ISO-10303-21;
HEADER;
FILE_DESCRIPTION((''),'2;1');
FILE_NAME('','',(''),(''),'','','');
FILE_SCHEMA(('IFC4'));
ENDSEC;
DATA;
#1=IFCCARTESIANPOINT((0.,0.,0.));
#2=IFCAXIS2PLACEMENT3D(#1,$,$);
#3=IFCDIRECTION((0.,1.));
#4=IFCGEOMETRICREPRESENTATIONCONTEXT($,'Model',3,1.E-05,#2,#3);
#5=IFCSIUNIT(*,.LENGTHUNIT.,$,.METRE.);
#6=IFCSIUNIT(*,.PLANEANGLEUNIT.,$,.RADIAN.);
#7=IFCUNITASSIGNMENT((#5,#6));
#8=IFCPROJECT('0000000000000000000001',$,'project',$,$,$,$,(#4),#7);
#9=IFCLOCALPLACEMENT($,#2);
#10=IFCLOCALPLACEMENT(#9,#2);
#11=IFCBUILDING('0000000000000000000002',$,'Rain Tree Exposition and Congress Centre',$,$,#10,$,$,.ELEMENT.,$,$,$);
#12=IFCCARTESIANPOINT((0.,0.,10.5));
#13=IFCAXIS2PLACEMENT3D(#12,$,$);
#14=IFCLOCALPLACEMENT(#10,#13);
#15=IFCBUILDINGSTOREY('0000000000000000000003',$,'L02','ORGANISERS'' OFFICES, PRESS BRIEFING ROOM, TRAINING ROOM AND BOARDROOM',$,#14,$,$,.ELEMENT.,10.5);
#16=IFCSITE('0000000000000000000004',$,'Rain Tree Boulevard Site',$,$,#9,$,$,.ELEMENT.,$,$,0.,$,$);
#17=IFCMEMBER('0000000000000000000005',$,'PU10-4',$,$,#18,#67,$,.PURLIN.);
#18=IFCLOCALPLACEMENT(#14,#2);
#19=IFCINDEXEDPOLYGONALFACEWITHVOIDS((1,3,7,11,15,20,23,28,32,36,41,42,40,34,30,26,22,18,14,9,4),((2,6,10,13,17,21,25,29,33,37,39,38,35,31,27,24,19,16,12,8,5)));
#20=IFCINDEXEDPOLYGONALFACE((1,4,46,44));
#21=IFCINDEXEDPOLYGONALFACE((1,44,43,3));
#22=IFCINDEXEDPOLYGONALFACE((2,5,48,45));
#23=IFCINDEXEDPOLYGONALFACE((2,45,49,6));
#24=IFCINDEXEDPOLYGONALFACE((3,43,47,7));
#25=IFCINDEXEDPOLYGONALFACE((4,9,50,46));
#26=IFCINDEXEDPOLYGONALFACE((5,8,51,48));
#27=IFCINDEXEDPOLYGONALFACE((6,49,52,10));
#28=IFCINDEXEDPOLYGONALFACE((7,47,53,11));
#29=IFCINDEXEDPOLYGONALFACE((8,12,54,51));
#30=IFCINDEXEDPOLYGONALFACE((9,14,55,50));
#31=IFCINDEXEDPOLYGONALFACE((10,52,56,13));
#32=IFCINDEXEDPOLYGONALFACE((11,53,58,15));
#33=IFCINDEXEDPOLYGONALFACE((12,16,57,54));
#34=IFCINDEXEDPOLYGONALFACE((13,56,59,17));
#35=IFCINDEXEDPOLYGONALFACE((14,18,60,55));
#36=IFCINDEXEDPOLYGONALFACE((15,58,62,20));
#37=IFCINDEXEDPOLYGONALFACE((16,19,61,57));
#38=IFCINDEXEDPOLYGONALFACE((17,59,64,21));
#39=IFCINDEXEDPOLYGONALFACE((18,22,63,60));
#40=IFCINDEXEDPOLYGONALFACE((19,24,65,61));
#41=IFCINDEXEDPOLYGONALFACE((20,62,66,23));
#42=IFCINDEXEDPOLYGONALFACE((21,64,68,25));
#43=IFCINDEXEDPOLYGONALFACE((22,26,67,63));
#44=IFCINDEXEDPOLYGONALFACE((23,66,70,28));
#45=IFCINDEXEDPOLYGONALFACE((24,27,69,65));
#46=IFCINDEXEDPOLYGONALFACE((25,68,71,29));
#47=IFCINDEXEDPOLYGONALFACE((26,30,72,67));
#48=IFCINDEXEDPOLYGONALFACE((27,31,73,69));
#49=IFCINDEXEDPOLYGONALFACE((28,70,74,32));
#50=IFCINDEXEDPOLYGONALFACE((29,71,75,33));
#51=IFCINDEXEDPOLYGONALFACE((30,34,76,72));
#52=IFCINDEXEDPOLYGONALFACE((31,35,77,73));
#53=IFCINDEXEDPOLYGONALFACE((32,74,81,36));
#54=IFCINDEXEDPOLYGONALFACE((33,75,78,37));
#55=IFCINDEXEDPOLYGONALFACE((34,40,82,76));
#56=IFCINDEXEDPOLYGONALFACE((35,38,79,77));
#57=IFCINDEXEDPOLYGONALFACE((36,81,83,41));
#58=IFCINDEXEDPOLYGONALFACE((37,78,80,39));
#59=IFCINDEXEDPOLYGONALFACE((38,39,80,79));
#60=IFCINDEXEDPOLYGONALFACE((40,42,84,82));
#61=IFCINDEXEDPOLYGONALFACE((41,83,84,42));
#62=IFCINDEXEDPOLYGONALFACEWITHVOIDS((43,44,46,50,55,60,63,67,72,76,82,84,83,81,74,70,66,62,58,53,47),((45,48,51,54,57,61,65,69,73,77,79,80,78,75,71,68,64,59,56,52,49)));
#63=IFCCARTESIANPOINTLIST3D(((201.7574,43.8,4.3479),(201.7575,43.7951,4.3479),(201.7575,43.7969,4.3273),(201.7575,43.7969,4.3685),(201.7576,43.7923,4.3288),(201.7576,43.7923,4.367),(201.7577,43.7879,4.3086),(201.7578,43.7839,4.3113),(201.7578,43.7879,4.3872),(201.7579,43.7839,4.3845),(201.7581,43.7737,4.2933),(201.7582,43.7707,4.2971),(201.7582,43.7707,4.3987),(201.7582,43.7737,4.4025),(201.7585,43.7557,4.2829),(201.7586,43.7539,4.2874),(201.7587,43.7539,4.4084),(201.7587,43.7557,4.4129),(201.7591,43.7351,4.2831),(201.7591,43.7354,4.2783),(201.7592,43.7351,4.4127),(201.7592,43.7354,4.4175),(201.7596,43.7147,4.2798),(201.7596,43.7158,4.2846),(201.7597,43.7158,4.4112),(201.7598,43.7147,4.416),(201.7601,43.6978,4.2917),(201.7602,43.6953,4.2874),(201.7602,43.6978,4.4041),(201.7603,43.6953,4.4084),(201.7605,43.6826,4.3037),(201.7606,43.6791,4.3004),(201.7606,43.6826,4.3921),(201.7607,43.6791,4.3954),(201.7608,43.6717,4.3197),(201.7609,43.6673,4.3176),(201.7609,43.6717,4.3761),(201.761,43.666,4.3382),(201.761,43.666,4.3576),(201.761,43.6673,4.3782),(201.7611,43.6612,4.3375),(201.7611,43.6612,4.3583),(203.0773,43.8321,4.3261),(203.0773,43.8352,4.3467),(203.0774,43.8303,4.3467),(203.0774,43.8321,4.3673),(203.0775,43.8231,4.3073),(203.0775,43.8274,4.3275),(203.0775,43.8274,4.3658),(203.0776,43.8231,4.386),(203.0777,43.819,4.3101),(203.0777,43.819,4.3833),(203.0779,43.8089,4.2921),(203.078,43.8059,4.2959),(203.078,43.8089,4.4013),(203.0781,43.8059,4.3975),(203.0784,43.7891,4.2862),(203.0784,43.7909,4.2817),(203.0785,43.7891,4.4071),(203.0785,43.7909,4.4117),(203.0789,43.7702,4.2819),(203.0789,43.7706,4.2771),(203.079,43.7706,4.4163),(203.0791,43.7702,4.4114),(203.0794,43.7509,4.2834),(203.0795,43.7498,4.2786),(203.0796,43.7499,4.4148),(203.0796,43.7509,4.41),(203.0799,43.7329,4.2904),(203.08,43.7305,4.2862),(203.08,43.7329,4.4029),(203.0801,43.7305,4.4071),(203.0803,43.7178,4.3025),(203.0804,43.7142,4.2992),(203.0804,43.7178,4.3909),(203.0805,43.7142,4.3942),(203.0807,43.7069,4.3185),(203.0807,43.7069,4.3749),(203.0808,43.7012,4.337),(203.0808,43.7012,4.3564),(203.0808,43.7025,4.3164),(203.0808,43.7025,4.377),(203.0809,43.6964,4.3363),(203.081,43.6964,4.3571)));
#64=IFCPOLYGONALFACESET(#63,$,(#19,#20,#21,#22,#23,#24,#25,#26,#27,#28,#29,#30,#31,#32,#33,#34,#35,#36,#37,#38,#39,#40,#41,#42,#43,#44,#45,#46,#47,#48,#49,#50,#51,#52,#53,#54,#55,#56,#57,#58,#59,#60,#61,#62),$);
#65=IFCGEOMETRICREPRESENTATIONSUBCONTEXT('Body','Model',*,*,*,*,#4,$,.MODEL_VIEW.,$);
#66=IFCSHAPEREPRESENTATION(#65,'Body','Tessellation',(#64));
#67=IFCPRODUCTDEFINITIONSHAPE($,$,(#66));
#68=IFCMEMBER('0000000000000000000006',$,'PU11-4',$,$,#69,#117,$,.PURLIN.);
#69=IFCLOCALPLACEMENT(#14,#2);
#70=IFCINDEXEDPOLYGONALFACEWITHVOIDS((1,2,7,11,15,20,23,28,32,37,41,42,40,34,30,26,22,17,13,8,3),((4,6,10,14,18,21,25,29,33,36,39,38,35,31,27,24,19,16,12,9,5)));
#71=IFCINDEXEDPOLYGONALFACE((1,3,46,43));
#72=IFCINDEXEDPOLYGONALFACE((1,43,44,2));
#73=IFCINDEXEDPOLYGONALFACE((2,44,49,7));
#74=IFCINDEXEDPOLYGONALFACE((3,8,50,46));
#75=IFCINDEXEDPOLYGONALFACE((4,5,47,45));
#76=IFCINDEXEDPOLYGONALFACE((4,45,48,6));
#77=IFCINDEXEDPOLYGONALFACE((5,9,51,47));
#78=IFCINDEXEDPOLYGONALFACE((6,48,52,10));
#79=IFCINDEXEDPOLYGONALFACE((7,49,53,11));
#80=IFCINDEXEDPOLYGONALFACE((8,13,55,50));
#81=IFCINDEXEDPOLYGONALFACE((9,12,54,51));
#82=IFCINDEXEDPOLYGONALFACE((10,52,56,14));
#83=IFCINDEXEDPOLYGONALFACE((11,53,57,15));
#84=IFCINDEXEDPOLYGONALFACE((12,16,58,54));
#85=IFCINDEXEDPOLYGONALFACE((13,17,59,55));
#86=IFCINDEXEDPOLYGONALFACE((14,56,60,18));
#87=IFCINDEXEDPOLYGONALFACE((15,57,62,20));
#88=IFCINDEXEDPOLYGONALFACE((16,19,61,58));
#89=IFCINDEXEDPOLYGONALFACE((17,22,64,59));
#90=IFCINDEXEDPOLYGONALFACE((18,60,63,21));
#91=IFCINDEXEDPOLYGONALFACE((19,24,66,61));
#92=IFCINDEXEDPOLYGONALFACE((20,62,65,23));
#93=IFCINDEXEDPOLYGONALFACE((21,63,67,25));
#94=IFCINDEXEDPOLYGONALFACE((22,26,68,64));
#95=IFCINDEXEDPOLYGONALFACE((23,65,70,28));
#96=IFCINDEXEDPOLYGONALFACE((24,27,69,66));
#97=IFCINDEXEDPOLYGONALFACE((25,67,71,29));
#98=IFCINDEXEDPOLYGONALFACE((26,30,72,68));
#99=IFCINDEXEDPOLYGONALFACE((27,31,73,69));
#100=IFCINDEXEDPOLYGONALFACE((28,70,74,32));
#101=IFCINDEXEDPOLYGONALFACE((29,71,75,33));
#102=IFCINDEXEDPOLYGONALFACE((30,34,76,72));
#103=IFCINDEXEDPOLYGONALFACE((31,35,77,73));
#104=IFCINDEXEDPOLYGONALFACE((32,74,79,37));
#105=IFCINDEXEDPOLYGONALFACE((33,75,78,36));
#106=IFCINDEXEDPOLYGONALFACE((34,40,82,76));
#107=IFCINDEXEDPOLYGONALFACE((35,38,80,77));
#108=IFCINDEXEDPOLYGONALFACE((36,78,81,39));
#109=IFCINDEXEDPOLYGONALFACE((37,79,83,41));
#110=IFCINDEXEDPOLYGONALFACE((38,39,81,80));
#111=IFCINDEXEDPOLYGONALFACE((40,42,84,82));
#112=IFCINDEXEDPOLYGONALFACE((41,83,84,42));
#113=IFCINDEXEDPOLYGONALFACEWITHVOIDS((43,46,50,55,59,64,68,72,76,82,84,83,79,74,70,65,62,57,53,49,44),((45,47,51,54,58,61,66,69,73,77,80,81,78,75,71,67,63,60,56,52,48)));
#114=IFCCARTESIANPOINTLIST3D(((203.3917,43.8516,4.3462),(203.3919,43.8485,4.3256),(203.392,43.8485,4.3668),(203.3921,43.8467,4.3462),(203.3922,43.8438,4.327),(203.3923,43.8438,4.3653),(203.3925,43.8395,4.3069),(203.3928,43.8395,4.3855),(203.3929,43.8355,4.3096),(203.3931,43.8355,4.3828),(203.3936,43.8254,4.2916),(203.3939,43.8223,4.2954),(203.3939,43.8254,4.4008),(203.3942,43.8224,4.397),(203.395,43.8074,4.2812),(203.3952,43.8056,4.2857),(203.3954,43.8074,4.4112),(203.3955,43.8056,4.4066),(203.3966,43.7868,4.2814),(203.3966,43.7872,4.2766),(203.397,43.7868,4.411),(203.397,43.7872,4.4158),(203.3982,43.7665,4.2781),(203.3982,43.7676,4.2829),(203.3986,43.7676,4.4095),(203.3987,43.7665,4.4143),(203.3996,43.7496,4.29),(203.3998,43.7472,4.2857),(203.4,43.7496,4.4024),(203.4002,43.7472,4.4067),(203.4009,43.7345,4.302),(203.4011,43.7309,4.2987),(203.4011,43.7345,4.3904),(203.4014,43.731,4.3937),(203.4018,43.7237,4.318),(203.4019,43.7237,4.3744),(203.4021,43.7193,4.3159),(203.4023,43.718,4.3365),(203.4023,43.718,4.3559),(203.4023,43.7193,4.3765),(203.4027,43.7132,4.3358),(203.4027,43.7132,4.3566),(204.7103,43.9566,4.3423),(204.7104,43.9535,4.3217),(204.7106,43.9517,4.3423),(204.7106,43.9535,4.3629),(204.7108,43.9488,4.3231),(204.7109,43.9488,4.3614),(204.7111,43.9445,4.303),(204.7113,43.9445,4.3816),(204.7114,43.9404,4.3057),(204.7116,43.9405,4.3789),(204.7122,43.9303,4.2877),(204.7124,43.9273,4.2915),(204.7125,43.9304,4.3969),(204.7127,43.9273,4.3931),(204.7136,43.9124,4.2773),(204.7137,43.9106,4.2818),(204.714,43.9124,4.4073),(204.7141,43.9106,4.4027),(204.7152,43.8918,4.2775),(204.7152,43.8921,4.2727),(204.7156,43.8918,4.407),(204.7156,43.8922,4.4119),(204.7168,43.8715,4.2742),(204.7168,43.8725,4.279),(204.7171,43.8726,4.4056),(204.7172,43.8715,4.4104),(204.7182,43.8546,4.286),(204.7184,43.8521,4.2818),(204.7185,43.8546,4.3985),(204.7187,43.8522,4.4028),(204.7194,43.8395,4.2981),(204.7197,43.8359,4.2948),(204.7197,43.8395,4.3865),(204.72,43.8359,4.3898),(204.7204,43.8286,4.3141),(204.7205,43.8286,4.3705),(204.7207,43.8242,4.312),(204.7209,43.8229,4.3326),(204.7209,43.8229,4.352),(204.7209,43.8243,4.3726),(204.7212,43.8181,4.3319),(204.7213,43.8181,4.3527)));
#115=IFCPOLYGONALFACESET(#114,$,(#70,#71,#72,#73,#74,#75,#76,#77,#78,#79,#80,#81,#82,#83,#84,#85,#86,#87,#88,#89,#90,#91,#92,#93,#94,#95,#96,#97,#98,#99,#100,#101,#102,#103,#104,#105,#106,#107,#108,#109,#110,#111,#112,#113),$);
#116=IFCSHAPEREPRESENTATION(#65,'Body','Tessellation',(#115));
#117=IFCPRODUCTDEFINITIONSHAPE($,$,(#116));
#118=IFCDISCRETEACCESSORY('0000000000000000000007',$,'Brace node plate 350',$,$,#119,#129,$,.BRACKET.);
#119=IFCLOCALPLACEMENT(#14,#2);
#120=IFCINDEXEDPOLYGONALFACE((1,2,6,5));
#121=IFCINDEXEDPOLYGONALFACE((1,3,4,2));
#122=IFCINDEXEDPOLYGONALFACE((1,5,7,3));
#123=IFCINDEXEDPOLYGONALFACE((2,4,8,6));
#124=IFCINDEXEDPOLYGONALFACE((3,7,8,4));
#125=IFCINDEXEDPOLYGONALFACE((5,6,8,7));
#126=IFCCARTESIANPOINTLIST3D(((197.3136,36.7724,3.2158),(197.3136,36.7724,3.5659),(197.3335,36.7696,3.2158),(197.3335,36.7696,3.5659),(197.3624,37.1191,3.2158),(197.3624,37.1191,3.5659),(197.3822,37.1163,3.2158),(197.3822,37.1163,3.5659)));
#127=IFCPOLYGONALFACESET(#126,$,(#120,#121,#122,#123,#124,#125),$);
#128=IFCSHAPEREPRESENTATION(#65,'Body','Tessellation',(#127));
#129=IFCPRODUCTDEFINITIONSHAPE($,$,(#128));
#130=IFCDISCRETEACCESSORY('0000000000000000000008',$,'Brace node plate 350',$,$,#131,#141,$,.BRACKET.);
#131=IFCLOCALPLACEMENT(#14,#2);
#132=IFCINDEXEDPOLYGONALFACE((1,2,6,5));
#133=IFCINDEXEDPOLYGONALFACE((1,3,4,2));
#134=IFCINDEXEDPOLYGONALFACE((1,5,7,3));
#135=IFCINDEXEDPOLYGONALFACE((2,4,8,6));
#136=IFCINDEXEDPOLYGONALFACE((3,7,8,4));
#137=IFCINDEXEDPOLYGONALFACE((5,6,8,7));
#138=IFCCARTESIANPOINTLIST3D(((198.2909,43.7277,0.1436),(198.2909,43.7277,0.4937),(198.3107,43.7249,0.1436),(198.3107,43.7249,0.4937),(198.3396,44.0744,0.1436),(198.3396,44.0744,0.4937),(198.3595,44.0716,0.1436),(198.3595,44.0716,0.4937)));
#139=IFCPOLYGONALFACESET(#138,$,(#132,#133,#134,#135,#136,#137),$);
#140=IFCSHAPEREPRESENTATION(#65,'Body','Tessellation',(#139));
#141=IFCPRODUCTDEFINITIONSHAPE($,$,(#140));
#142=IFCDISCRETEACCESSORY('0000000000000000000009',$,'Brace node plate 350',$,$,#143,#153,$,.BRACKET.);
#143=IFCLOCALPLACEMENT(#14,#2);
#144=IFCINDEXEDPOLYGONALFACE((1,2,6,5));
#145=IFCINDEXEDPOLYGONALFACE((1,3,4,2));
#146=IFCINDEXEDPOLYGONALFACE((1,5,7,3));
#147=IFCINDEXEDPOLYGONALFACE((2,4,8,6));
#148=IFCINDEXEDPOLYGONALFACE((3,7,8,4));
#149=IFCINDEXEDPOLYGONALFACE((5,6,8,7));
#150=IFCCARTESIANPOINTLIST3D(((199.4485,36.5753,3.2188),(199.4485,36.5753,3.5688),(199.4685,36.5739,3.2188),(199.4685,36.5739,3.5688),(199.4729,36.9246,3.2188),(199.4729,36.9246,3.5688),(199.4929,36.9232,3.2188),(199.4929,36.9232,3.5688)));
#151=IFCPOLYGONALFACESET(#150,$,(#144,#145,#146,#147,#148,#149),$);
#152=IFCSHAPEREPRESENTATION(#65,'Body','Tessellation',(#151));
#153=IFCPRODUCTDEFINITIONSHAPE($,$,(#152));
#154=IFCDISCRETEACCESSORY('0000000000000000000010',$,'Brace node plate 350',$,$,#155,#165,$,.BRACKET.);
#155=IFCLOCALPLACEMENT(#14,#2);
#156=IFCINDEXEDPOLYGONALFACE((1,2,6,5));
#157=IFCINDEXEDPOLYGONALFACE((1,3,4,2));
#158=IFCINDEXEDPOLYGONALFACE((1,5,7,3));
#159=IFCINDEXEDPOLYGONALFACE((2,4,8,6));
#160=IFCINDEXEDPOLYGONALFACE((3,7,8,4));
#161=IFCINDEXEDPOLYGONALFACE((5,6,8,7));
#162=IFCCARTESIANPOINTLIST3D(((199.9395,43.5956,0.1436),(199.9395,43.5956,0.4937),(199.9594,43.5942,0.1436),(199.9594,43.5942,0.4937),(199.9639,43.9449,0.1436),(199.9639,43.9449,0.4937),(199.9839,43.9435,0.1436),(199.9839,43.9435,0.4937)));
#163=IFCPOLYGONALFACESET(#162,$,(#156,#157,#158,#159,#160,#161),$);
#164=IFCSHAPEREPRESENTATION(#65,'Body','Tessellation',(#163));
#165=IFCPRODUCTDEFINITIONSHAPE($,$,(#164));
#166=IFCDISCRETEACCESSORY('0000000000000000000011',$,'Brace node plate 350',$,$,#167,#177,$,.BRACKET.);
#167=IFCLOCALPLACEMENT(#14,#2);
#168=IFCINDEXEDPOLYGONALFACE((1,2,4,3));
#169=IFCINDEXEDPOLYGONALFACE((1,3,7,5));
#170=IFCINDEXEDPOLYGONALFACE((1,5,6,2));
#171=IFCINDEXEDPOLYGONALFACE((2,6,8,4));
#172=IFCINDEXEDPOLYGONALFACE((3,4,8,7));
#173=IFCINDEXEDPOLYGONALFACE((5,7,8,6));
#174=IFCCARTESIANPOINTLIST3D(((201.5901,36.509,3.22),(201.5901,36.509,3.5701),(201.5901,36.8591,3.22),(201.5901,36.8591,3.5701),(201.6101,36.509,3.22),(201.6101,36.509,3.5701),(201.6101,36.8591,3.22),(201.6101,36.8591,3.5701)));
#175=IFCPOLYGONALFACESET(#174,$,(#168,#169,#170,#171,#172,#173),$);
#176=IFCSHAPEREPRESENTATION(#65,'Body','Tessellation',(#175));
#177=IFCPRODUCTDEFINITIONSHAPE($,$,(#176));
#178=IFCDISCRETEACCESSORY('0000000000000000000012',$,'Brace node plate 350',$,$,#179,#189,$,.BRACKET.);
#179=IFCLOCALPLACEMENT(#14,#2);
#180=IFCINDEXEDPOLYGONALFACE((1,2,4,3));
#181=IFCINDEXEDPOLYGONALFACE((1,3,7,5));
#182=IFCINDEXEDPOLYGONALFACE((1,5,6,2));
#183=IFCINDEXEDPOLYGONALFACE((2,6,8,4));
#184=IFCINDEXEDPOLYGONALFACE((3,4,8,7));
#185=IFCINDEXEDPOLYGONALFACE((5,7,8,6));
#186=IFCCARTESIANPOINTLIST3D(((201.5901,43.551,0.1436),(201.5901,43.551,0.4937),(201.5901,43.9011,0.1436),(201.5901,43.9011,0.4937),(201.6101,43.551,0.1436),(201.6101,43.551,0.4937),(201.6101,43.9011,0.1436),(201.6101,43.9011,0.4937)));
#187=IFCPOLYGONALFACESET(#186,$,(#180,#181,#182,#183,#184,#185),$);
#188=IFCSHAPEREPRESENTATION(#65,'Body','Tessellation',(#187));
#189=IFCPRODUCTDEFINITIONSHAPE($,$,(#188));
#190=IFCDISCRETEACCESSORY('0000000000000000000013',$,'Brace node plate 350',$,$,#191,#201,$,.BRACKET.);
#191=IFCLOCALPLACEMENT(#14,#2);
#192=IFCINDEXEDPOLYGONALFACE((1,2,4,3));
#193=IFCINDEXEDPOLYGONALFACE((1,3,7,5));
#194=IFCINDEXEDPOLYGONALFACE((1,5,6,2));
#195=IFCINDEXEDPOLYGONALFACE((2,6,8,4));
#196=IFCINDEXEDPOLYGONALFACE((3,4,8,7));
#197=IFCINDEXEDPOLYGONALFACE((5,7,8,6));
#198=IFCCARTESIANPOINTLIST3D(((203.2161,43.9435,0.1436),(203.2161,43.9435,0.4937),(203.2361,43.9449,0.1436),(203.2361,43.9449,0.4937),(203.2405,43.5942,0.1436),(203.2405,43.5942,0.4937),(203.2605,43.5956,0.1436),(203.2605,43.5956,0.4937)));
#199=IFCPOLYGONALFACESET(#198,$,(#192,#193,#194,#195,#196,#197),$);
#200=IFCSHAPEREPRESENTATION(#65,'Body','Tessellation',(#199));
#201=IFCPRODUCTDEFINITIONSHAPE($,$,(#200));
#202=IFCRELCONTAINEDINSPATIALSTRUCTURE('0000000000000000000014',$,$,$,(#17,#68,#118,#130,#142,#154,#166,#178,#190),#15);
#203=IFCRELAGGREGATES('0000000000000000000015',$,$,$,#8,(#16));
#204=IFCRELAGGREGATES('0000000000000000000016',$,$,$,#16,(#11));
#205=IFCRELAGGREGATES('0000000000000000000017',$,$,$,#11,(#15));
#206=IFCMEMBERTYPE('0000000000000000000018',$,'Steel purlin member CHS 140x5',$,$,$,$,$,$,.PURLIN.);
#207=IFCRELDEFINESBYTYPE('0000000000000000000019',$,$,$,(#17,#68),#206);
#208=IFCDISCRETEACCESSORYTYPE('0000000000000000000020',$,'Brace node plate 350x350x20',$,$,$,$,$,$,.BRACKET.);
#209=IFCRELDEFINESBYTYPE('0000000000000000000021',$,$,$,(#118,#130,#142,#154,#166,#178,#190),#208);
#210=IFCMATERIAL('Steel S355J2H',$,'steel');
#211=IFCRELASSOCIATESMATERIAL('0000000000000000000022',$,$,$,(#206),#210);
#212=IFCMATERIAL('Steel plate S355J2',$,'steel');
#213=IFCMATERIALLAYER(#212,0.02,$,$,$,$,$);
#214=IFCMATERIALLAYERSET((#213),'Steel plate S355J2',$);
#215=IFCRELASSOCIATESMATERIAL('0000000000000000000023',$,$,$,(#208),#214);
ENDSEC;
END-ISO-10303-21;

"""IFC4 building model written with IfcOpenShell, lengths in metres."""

from ifc_helpers import new_model, si_unit, direction, frame, origin, origin_2d, place, context, subcontext, project, spatial, rectangle, hollow_circle, extrude, material, layer, layer_set, material_profile, profile_set, type_object, element, save


model = new_model("IFC4")

# Units and contexts
model_context = context("Model", 3, precision=1e-05, world=origin(), true_north=direction((0.0, 1.0)))
body_context = subcontext(model_context, "Body", "Model", "MODEL_VIEW")
ifc_project = project(units=[si_unit("LENGTHUNIT", "METRE"), si_unit("PLANEANGLEUNIT", "RADIAN")], contexts=[model_context])

# Site, building, storey
site_placement = place(None, origin())
site = spatial("IfcSite", under=ifc_project, at=site_placement, Name="Rain Tree Boulevard Site", CompositionType="ELEMENT", RefElevation=0.0)
building_placement = place(site_placement, origin())
building = spatial("IfcBuilding", under=site, at=building_placement, Name="Rain Tree Exposition and Congress Centre", CompositionType="ELEMENT")
storey_placement = place(building_placement, frame((0.0, 0.0, 10.5)))
storey = spatial("IfcBuildingStorey", under=building, at=storey_placement, Name="L02", Description="ORGANISERS' OFFICES, PRESS BRIEFING ROOM, TRAINING ROOM AND BOARDROOM", CompositionType="ELEMENT", Elevation=10.5)

# Members
ifc_material_1 = material(Name="Steel S355J2H", Category="steel")
ifc_material_profile_1 = material_profile(ifc_material_1, hollow_circle(Radius=0.0698, WallThickness=0.0049, at=origin_2d()), Name="CHS 140x5")
ifc_profile_set_1 = profile_set([ifc_material_profile_1], Name="Steel S355J2H")
member_type_1 = type_object("IfcMemberType", Name="Steel purlin member CHS 140x5", PredefinedType="PURLIN", material=ifc_profile_set_1)
member_1_placement = place(storey_placement, frame((201.7593, 43.7302, 4.3479), z_axis=(0.999645, 0.026628, -0.000925), x_axis=(-0.026628, 0.999645, 0.0)))
element("IfcMember", 1, at=member_1_placement, inside=storey, type_object=member_type_1, Name="PU10-4", PredefinedType="PURLIN", context=body_context, shape_type="SweptSolid", body=[
    extrude(hollow_circle(Radius=0.0698, WallThickness=0.0049, at=origin_2d()), origin(), (0.0, 0.0, 1.0), 1.3203),
])
member_2_placement = place(storey_placement, frame((203.3972, 43.782, 4.3462), z_axis=(0.996841, 0.079363, -0.002953), x_axis=(-0.079364, 0.996846, 0.0)))
element("IfcMember", 2, at=member_2_placement, inside=storey, type_object=member_type_1, Name="PU11-4", PredefinedType="PURLIN", context=body_context, shape_type="SweptSolid", body=[
    extrude(hollow_circle(Radius=0.0698, WallThickness=0.0049, at=origin_2d()), origin(), (0.0, 0.0, 1.0), 1.3228),
])

# Discrete accessories
ifc_material_2 = material(Name="Steel plate S355J2", Category="steel")
ifc_layer = layer(ifc_material_2, 0.02)
ifc_layer_set = layer_set([ifc_layer], Name="Steel plate S355J2")
discrete_accessory_type = type_object("IfcDiscreteAccessoryType", Name="Brace node plate 350x350x20", PredefinedType="BRACKET", material=ifc_layer_set)
for number, where, z_axis, x_axis, name in (
    (3, (197.3479, 36.9443, 3.2158), (0.0, 0.0, 1.0), (0.139173, 0.990268, 0.0), "Brace node plate 350"),
    (4, (198.3252, 43.8997, 0.1436), (0.0, 0.0, 1.0), (-0.139173, -0.990268, 0.0), "Brace node plate 350"),
    (5, (199.4707, 36.7493, 3.2188), (0.0, 0.0, 1.0), (0.069756, 0.997564, 0.0), "Brace node plate 350"),
    (6, (199.9617, 43.7695, 0.1436), (0.0, 0.0, 1.0), (-0.069756, -0.997564, 0.0), "Brace node plate 350"),
    (7, (201.6001, 36.6841, 3.22), (0.0, 0.0, 1.0), (0.0, 1.0, 0.0), "Brace node plate 350"),
    (8, (201.6001, 43.7261, 0.1436), (0.0, 0.0, 1.0), (0.0, -1.0, 0.0), "Brace node plate 350"),
    (9, (203.2383, 43.7695, 0.1436), (0.0, 0.0, 1.0), (0.069756, -0.997564, 0.0), "Brace node plate 350"),
):
    element("IfcDiscreteAccessory", number, at=place(storey_placement, frame(where, z_axis=z_axis, x_axis=x_axis)), inside=storey, type_object=discrete_accessory_type, Name=name, PredefinedType="BRACKET", context=body_context, shape_type="SweptSolid", body=[
        extrude(rectangle(XDim=0.3501, YDim=0.02, at=origin_2d()), origin(), (0.0, 0.0, 1.0), 0.3501),
    ])

save(model, "model.ifc")
